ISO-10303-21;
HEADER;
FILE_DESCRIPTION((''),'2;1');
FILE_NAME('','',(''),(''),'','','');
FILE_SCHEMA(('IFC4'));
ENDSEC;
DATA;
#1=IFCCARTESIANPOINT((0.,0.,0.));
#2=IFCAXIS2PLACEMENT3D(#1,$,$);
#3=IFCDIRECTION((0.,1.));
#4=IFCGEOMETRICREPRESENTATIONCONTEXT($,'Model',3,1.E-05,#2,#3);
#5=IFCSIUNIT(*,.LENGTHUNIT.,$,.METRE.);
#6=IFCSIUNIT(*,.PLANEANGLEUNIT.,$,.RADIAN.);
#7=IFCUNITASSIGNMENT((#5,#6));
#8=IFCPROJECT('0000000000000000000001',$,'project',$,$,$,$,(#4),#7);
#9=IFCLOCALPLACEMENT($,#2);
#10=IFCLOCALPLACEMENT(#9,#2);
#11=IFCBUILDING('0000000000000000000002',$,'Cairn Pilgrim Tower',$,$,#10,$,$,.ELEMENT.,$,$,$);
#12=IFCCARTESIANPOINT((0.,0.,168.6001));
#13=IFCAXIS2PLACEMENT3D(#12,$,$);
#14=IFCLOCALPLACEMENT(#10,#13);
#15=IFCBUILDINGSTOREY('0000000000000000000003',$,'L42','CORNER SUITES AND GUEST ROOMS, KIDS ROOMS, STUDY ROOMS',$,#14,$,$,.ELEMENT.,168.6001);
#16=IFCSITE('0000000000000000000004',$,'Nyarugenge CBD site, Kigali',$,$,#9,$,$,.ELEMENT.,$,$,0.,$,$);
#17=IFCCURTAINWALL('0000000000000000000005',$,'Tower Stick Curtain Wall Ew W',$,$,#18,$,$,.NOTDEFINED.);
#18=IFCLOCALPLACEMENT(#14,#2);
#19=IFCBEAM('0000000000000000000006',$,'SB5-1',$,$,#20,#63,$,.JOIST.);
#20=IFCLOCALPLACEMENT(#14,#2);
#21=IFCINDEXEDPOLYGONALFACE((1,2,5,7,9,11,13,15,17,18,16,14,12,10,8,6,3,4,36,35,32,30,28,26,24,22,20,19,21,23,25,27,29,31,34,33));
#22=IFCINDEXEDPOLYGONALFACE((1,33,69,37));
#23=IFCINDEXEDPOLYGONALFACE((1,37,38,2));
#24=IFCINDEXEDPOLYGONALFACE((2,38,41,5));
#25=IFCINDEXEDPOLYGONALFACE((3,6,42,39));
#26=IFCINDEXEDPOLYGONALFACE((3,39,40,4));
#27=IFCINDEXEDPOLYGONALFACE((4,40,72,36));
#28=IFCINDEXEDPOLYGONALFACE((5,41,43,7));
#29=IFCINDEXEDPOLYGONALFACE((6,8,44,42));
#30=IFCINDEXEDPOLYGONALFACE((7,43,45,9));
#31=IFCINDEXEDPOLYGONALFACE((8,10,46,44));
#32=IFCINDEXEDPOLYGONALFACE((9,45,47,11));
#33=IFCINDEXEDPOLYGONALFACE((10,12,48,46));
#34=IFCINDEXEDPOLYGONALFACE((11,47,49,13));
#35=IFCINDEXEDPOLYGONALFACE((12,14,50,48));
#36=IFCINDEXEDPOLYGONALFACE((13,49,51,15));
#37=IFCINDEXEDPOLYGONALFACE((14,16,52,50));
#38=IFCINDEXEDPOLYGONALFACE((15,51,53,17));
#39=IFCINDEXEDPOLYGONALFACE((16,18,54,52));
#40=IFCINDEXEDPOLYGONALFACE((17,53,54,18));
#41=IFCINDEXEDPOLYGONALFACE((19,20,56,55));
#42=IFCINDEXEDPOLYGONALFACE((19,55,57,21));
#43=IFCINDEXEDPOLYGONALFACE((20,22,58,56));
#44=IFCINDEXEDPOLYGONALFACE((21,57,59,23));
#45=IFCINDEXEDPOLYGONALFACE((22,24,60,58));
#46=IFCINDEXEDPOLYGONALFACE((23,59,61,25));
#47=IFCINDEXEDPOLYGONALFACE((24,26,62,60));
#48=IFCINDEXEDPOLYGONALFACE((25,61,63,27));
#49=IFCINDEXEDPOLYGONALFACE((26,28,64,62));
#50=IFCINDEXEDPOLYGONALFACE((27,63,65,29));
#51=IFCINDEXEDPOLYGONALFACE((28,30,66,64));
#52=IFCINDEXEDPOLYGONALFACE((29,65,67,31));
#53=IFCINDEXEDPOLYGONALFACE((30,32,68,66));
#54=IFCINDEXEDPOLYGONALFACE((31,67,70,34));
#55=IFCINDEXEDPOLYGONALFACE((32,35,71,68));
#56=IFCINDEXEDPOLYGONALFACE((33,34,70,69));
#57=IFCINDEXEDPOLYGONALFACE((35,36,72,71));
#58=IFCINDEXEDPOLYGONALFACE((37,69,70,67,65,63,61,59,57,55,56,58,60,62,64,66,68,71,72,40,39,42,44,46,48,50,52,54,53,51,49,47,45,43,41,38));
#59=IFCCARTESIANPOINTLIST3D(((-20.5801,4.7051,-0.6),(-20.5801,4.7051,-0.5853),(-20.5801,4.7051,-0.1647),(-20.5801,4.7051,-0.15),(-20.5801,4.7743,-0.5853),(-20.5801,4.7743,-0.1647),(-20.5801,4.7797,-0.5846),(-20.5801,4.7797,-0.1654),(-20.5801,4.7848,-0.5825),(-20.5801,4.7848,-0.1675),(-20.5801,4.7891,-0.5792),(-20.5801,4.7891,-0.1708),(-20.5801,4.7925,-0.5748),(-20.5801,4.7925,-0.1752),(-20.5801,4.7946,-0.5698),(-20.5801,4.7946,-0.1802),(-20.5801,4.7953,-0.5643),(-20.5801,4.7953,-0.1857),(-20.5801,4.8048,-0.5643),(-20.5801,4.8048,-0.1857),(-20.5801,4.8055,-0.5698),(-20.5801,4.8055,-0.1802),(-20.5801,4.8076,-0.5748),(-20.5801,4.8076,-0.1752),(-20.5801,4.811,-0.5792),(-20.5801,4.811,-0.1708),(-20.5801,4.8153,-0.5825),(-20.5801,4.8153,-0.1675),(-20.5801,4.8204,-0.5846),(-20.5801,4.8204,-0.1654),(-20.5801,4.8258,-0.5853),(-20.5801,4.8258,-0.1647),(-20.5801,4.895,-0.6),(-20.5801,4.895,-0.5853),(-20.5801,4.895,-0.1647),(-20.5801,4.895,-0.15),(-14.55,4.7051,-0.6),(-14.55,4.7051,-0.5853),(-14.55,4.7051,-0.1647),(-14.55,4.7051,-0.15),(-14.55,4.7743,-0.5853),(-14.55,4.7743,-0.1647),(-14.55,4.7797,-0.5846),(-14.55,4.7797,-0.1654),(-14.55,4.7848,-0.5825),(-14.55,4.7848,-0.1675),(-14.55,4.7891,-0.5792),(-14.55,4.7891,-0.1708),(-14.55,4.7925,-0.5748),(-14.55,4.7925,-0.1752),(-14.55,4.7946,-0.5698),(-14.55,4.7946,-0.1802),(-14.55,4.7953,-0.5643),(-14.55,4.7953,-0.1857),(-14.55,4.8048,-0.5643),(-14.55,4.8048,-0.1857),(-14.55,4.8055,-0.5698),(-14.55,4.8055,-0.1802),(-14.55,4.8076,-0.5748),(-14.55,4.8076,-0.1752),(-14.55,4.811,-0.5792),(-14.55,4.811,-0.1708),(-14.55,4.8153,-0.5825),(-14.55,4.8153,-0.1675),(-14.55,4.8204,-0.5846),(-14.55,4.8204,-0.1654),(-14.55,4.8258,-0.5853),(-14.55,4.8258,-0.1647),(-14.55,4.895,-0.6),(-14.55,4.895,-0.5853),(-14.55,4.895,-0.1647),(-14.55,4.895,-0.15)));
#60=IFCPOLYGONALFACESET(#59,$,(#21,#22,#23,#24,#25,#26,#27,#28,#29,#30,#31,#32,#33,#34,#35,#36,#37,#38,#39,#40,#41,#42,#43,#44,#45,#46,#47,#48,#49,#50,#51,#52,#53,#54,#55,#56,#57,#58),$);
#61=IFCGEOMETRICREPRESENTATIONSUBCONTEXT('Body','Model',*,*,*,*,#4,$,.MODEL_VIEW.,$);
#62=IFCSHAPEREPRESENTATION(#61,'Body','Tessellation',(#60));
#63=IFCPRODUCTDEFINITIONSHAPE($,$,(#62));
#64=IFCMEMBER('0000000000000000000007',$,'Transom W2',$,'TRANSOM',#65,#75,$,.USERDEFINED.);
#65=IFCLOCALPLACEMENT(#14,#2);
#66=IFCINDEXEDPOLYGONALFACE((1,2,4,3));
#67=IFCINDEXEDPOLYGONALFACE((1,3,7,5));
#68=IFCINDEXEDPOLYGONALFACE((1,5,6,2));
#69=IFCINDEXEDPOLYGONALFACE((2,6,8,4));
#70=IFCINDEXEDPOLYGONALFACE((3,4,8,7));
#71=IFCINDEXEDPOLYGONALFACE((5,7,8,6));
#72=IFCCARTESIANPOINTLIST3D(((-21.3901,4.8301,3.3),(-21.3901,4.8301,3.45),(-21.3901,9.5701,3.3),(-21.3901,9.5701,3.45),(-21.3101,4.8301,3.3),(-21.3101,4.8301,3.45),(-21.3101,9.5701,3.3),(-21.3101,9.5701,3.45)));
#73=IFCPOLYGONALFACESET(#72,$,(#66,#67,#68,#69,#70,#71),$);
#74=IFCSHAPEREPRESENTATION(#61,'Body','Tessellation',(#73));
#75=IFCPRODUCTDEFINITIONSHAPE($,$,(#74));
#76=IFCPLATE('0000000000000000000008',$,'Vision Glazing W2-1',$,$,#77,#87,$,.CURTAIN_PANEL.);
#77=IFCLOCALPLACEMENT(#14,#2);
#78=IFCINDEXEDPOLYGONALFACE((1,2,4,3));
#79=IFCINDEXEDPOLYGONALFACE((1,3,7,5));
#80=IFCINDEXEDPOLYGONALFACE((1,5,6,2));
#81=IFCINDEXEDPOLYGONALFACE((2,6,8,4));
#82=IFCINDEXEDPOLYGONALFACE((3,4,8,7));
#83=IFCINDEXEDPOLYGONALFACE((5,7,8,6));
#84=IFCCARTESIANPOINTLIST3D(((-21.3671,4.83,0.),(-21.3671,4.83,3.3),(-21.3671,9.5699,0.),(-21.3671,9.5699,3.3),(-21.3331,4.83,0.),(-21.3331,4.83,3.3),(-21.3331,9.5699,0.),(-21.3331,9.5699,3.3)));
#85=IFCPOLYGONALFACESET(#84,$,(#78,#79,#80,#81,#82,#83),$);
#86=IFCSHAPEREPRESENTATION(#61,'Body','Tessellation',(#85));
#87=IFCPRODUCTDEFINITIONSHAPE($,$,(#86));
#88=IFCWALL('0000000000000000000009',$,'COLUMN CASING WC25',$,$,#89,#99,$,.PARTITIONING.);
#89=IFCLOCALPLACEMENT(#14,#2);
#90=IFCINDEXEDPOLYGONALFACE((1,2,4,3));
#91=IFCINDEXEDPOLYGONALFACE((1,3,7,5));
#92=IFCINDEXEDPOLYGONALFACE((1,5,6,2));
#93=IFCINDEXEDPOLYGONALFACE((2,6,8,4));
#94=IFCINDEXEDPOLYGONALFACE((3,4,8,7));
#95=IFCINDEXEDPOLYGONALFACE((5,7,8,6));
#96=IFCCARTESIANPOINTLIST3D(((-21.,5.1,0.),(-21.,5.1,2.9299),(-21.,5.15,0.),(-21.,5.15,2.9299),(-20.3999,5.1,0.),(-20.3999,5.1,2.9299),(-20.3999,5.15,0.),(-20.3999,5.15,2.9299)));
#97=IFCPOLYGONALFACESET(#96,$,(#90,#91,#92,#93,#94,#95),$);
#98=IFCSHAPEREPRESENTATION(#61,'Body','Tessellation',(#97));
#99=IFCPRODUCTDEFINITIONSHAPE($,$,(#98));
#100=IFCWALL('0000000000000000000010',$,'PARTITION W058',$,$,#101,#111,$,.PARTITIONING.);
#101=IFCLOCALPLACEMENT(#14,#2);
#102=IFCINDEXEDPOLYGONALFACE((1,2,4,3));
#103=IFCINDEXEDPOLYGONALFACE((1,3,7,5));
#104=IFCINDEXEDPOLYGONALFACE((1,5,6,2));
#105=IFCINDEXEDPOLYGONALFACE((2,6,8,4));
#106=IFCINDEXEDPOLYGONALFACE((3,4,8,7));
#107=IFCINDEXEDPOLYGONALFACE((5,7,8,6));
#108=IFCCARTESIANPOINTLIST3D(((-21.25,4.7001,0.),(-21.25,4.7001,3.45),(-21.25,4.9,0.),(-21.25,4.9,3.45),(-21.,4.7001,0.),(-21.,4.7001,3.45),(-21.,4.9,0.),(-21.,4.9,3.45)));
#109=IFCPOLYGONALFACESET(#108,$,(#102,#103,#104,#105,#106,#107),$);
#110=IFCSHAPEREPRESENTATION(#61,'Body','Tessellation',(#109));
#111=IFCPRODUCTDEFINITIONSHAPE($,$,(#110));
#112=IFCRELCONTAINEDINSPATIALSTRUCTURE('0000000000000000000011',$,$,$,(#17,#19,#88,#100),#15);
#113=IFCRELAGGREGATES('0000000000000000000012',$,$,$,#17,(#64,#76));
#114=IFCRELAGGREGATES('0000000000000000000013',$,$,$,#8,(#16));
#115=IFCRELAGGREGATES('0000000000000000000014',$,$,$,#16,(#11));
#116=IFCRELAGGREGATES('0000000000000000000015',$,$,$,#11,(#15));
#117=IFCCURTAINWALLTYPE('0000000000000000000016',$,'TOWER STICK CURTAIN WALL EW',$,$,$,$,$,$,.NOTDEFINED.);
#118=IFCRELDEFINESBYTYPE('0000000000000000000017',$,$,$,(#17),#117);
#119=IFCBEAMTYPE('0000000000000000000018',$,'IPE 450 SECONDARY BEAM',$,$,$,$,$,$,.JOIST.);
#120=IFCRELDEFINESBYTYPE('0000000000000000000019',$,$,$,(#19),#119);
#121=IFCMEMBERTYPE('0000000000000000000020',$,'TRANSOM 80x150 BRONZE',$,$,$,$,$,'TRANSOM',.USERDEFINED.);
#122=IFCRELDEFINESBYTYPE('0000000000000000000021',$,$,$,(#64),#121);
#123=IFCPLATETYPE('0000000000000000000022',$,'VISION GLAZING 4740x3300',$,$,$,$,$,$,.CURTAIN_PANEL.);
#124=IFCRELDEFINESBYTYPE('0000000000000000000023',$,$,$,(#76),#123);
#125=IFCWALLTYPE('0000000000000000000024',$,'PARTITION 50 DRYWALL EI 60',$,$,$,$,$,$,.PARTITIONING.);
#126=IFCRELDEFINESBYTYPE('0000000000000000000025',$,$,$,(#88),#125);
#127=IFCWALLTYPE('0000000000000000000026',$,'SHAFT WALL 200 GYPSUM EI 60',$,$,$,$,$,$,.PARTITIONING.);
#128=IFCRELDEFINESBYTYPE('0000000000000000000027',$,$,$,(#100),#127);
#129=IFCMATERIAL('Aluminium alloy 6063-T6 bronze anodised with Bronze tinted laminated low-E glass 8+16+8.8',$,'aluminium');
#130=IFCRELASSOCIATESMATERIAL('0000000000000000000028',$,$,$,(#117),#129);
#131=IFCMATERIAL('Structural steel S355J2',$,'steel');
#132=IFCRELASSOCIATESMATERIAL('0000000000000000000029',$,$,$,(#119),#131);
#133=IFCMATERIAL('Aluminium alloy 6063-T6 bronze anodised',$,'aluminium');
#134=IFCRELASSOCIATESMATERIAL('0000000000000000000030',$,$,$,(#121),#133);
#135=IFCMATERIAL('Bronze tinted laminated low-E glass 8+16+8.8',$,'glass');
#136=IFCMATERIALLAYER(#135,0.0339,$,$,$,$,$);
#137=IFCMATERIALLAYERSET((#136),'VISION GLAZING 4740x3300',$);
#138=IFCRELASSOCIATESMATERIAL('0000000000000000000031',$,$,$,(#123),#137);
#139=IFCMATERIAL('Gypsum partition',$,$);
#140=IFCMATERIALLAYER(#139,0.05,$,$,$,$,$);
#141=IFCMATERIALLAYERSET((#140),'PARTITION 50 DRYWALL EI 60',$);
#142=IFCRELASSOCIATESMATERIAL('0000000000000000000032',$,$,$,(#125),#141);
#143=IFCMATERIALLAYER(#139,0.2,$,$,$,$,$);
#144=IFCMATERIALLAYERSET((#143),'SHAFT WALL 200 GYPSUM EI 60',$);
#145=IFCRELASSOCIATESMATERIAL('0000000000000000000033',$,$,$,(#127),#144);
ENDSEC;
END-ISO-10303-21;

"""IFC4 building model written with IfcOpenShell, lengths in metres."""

from ifc_helpers import new_model, si_unit, direction, frame, frame_2d, origin, origin_2d, place, context, subcontext, project, spatial, rectangle, i_section, extrude, material, layer, layer_set, material_profile, profile_set, type_object, element, aggregate, save


model = new_model("IFC4")

# Units and contexts
model_context = context("Model", 3, precision=1e-05, world=origin(), true_north=direction((0.0, 1.0)))
body_context = subcontext(model_context, "Body", "Model", "MODEL_VIEW")
ifc_project = project(units=[si_unit("LENGTHUNIT", "METRE"), si_unit("PLANEANGLEUNIT", "RADIAN")], contexts=[model_context])

# Site, building, storey
site_placement = place(None, origin())
site = spatial("IfcSite", under=ifc_project, at=site_placement, Name="Nyarugenge CBD site, Kigali", CompositionType="ELEMENT", RefElevation=0.0)
building_placement = place(site_placement, origin())
building = spatial("IfcBuilding", under=site, at=building_placement, Name="Cairn Pilgrim Tower", CompositionType="ELEMENT")
storey_placement = place(building_placement, frame((0.0, 0.0, 168.6001)))
storey = spatial("IfcBuildingStorey", under=building, at=storey_placement, Name="L42", Description="CORNER SUITES AND GUEST ROOMS, KIDS ROOMS, STUDY ROOMS", CompositionType="ELEMENT", Elevation=168.6001)

# Curtain wall
ifc_material_1 = material(Name="Aluminium alloy 6063-T6 bronze anodised with Bronze tinted laminated low-E glass 8+16+8.8", Category="aluminium")
curtain_wall_type = type_object("IfcCurtainWallType", Name="TOWER STICK CURTAIN WALL EW", PredefinedType="NOTDEFINED", material=ifc_material_1)
curtain_wall_placement = place(storey_placement, origin())
curtain_wall = element("IfcCurtainWall", 1, at=curtain_wall_placement, inside=storey, type_object=curtain_wall_type, Name="Tower Stick Curtain Wall Ew W", PredefinedType="NOTDEFINED")
ifc_material_2 = material(Name="Aluminium alloy 6063-T6 bronze anodised", Category="aluminium")

# Beam
ifc_material_3 = material(Name="Structural steel S355J2", Category="steel")
ifc_material_profile_1 = material_profile(ifc_material_3, i_section(OverallWidth=0.1899, OverallDepth=0.45, WebThickness=0.0095, FlangeThickness=0.0146, FilletRadius=0.021, at=origin_2d()), Name="IPE 450")
ifc_profile_set_1 = profile_set([ifc_material_profile_1], Name="Structural steel S355J2")
beam_type_1 = type_object("IfcBeamType", Name="IPE 450 SECONDARY BEAM", PredefinedType="JOIST", material=ifc_profile_set_1)
beam_1_placement = place(storey_placement, frame((-20.5801, 4.8, -0.375), z_axis=(1.0, 0.0, 0.0), x_axis=(0.0, 1.0, 0.0)))
element("IfcBeam", 2, at=beam_1_placement, inside=storey, type_object=beam_type_1, Name="SB5-1", PredefinedType="JOIST", context=body_context, shape_type="SweptSolid", body=[
    extrude(i_section(OverallWidth=0.1899, OverallDepth=0.45, WebThickness=0.0095, FlangeThickness=0.0146, FilletRadius=0.021, at=origin_2d()), origin(), (0.0, 0.0, 1.0), 6.03),
])

# Member
ifc_material_profile_2 = material_profile(ifc_material_2, rectangle(XDim=0.0801, YDim=0.1499, at=origin_2d()), Name="TRANSOM 80x150 BRONZE")
ifc_profile_set_2 = profile_set([ifc_material_profile_2], Name="Aluminium alloy 6063-T6 bronze anodised")
member_type_1 = type_object("IfcMemberType", Name="TRANSOM 80x150 BRONZE", ElementType="TRANSOM", PredefinedType="USERDEFINED", material=ifc_profile_set_2)
member_1_placement = place(storey_placement, frame((-21.3501, 9.5701, 3.375), z_axis=(0.0, -1.0, 0.0), x_axis=(1.0, 0.0, 0.0)))
member_1 = element("IfcMember", 3, at=member_1_placement, type_object=member_type_1, Name="Transom W2", ObjectType="TRANSOM", PredefinedType="USERDEFINED", context=body_context, shape_type="SweptSolid", body=[
    extrude(rectangle(XDim=0.0801, YDim=0.1499, at=origin_2d()), origin(), (0.0, 0.0, 1.0), 4.74),
])

# Plate
ifc_material_4 = material(Name="Bronze tinted laminated low-E glass 8+16+8.8", Category="glass")
ifc_layer_1 = layer(ifc_material_4, 0.0339)
ifc_layer_set_1 = layer_set([ifc_layer_1], Name="VISION GLAZING 4740x3300")
plate_type = type_object("IfcPlateType", Name="VISION GLAZING 4740x3300", PredefinedType="CURTAIN_PANEL", material=ifc_layer_set_1)
plate_placement = place(storey_placement, frame((-21.3501, 7.2, 0.0), z_axis=(0.0, 0.0, 1.0), x_axis=(0.0, -1.0, 0.0)))
plate = element("IfcPlate", 4, at=plate_placement, type_object=plate_type, Name="Vision Glazing W2-1", PredefinedType="CURTAIN_PANEL", context=body_context, shape_type="SweptSolid", body=[
    extrude(rectangle(XDim=4.74, YDim=0.0339, at=origin_2d()), origin(), (0.0, 0.0, 1.0), 3.3),
])
aggregate(curtain_wall, [member_1, plate])

# Walls
ifc_material_5 = material(Name="Gypsum partition")
ifc_layer_2 = layer(ifc_material_5, 0.05)
ifc_layer_set_2 = layer_set([ifc_layer_2], Name="PARTITION 50 DRYWALL EI 60")
wall_type_1 = type_object("IfcWallType", Name="PARTITION 50 DRYWALL EI 60", PredefinedType="PARTITIONING", material=ifc_layer_set_2)
wall_1_placement = place(storey_placement, frame((-21.0, 5.125, 0.0), z_axis=(0.0, 0.0, 1.0), x_axis=(1.0, 0.0, 0.0)))
element("IfcWall", 5, at=wall_1_placement, inside=storey, type_object=wall_type_1, Name="COLUMN CASING WC25", PredefinedType="PARTITIONING", context=body_context, shape_type="SweptSolid", body=[
    extrude(rectangle(XDim=0.6001, YDim=0.05, at=frame_2d((0.3, 0.0))), origin(), (0.0, 0.0, 1.0), 2.9299),
])
ifc_layer_3 = layer(ifc_material_5, 0.2)
ifc_layer_set_3 = layer_set([ifc_layer_3], Name="SHAFT WALL 200 GYPSUM EI 60")
wall_type_2 = type_object("IfcWallType", Name="SHAFT WALL 200 GYPSUM EI 60", PredefinedType="PARTITIONING", material=ifc_layer_set_3)
wall_2_placement = place(storey_placement, frame((-21.25, 4.8, 0.0), z_axis=(0.0, 0.0, 1.0), x_axis=(1.0, 0.0, 0.0)))
element("IfcWall", 6, at=wall_2_placement, inside=storey, type_object=wall_type_2, Name="PARTITION W058", PredefinedType="PARTITIONING", context=body_context, shape_type="SweptSolid", body=[
    extrude(rectangle(XDim=0.25, YDim=0.2, at=frame_2d((0.125, 0.0))), origin(), (0.0, 0.0, 1.0), 3.45),
])

save(model, "model.ifc")
